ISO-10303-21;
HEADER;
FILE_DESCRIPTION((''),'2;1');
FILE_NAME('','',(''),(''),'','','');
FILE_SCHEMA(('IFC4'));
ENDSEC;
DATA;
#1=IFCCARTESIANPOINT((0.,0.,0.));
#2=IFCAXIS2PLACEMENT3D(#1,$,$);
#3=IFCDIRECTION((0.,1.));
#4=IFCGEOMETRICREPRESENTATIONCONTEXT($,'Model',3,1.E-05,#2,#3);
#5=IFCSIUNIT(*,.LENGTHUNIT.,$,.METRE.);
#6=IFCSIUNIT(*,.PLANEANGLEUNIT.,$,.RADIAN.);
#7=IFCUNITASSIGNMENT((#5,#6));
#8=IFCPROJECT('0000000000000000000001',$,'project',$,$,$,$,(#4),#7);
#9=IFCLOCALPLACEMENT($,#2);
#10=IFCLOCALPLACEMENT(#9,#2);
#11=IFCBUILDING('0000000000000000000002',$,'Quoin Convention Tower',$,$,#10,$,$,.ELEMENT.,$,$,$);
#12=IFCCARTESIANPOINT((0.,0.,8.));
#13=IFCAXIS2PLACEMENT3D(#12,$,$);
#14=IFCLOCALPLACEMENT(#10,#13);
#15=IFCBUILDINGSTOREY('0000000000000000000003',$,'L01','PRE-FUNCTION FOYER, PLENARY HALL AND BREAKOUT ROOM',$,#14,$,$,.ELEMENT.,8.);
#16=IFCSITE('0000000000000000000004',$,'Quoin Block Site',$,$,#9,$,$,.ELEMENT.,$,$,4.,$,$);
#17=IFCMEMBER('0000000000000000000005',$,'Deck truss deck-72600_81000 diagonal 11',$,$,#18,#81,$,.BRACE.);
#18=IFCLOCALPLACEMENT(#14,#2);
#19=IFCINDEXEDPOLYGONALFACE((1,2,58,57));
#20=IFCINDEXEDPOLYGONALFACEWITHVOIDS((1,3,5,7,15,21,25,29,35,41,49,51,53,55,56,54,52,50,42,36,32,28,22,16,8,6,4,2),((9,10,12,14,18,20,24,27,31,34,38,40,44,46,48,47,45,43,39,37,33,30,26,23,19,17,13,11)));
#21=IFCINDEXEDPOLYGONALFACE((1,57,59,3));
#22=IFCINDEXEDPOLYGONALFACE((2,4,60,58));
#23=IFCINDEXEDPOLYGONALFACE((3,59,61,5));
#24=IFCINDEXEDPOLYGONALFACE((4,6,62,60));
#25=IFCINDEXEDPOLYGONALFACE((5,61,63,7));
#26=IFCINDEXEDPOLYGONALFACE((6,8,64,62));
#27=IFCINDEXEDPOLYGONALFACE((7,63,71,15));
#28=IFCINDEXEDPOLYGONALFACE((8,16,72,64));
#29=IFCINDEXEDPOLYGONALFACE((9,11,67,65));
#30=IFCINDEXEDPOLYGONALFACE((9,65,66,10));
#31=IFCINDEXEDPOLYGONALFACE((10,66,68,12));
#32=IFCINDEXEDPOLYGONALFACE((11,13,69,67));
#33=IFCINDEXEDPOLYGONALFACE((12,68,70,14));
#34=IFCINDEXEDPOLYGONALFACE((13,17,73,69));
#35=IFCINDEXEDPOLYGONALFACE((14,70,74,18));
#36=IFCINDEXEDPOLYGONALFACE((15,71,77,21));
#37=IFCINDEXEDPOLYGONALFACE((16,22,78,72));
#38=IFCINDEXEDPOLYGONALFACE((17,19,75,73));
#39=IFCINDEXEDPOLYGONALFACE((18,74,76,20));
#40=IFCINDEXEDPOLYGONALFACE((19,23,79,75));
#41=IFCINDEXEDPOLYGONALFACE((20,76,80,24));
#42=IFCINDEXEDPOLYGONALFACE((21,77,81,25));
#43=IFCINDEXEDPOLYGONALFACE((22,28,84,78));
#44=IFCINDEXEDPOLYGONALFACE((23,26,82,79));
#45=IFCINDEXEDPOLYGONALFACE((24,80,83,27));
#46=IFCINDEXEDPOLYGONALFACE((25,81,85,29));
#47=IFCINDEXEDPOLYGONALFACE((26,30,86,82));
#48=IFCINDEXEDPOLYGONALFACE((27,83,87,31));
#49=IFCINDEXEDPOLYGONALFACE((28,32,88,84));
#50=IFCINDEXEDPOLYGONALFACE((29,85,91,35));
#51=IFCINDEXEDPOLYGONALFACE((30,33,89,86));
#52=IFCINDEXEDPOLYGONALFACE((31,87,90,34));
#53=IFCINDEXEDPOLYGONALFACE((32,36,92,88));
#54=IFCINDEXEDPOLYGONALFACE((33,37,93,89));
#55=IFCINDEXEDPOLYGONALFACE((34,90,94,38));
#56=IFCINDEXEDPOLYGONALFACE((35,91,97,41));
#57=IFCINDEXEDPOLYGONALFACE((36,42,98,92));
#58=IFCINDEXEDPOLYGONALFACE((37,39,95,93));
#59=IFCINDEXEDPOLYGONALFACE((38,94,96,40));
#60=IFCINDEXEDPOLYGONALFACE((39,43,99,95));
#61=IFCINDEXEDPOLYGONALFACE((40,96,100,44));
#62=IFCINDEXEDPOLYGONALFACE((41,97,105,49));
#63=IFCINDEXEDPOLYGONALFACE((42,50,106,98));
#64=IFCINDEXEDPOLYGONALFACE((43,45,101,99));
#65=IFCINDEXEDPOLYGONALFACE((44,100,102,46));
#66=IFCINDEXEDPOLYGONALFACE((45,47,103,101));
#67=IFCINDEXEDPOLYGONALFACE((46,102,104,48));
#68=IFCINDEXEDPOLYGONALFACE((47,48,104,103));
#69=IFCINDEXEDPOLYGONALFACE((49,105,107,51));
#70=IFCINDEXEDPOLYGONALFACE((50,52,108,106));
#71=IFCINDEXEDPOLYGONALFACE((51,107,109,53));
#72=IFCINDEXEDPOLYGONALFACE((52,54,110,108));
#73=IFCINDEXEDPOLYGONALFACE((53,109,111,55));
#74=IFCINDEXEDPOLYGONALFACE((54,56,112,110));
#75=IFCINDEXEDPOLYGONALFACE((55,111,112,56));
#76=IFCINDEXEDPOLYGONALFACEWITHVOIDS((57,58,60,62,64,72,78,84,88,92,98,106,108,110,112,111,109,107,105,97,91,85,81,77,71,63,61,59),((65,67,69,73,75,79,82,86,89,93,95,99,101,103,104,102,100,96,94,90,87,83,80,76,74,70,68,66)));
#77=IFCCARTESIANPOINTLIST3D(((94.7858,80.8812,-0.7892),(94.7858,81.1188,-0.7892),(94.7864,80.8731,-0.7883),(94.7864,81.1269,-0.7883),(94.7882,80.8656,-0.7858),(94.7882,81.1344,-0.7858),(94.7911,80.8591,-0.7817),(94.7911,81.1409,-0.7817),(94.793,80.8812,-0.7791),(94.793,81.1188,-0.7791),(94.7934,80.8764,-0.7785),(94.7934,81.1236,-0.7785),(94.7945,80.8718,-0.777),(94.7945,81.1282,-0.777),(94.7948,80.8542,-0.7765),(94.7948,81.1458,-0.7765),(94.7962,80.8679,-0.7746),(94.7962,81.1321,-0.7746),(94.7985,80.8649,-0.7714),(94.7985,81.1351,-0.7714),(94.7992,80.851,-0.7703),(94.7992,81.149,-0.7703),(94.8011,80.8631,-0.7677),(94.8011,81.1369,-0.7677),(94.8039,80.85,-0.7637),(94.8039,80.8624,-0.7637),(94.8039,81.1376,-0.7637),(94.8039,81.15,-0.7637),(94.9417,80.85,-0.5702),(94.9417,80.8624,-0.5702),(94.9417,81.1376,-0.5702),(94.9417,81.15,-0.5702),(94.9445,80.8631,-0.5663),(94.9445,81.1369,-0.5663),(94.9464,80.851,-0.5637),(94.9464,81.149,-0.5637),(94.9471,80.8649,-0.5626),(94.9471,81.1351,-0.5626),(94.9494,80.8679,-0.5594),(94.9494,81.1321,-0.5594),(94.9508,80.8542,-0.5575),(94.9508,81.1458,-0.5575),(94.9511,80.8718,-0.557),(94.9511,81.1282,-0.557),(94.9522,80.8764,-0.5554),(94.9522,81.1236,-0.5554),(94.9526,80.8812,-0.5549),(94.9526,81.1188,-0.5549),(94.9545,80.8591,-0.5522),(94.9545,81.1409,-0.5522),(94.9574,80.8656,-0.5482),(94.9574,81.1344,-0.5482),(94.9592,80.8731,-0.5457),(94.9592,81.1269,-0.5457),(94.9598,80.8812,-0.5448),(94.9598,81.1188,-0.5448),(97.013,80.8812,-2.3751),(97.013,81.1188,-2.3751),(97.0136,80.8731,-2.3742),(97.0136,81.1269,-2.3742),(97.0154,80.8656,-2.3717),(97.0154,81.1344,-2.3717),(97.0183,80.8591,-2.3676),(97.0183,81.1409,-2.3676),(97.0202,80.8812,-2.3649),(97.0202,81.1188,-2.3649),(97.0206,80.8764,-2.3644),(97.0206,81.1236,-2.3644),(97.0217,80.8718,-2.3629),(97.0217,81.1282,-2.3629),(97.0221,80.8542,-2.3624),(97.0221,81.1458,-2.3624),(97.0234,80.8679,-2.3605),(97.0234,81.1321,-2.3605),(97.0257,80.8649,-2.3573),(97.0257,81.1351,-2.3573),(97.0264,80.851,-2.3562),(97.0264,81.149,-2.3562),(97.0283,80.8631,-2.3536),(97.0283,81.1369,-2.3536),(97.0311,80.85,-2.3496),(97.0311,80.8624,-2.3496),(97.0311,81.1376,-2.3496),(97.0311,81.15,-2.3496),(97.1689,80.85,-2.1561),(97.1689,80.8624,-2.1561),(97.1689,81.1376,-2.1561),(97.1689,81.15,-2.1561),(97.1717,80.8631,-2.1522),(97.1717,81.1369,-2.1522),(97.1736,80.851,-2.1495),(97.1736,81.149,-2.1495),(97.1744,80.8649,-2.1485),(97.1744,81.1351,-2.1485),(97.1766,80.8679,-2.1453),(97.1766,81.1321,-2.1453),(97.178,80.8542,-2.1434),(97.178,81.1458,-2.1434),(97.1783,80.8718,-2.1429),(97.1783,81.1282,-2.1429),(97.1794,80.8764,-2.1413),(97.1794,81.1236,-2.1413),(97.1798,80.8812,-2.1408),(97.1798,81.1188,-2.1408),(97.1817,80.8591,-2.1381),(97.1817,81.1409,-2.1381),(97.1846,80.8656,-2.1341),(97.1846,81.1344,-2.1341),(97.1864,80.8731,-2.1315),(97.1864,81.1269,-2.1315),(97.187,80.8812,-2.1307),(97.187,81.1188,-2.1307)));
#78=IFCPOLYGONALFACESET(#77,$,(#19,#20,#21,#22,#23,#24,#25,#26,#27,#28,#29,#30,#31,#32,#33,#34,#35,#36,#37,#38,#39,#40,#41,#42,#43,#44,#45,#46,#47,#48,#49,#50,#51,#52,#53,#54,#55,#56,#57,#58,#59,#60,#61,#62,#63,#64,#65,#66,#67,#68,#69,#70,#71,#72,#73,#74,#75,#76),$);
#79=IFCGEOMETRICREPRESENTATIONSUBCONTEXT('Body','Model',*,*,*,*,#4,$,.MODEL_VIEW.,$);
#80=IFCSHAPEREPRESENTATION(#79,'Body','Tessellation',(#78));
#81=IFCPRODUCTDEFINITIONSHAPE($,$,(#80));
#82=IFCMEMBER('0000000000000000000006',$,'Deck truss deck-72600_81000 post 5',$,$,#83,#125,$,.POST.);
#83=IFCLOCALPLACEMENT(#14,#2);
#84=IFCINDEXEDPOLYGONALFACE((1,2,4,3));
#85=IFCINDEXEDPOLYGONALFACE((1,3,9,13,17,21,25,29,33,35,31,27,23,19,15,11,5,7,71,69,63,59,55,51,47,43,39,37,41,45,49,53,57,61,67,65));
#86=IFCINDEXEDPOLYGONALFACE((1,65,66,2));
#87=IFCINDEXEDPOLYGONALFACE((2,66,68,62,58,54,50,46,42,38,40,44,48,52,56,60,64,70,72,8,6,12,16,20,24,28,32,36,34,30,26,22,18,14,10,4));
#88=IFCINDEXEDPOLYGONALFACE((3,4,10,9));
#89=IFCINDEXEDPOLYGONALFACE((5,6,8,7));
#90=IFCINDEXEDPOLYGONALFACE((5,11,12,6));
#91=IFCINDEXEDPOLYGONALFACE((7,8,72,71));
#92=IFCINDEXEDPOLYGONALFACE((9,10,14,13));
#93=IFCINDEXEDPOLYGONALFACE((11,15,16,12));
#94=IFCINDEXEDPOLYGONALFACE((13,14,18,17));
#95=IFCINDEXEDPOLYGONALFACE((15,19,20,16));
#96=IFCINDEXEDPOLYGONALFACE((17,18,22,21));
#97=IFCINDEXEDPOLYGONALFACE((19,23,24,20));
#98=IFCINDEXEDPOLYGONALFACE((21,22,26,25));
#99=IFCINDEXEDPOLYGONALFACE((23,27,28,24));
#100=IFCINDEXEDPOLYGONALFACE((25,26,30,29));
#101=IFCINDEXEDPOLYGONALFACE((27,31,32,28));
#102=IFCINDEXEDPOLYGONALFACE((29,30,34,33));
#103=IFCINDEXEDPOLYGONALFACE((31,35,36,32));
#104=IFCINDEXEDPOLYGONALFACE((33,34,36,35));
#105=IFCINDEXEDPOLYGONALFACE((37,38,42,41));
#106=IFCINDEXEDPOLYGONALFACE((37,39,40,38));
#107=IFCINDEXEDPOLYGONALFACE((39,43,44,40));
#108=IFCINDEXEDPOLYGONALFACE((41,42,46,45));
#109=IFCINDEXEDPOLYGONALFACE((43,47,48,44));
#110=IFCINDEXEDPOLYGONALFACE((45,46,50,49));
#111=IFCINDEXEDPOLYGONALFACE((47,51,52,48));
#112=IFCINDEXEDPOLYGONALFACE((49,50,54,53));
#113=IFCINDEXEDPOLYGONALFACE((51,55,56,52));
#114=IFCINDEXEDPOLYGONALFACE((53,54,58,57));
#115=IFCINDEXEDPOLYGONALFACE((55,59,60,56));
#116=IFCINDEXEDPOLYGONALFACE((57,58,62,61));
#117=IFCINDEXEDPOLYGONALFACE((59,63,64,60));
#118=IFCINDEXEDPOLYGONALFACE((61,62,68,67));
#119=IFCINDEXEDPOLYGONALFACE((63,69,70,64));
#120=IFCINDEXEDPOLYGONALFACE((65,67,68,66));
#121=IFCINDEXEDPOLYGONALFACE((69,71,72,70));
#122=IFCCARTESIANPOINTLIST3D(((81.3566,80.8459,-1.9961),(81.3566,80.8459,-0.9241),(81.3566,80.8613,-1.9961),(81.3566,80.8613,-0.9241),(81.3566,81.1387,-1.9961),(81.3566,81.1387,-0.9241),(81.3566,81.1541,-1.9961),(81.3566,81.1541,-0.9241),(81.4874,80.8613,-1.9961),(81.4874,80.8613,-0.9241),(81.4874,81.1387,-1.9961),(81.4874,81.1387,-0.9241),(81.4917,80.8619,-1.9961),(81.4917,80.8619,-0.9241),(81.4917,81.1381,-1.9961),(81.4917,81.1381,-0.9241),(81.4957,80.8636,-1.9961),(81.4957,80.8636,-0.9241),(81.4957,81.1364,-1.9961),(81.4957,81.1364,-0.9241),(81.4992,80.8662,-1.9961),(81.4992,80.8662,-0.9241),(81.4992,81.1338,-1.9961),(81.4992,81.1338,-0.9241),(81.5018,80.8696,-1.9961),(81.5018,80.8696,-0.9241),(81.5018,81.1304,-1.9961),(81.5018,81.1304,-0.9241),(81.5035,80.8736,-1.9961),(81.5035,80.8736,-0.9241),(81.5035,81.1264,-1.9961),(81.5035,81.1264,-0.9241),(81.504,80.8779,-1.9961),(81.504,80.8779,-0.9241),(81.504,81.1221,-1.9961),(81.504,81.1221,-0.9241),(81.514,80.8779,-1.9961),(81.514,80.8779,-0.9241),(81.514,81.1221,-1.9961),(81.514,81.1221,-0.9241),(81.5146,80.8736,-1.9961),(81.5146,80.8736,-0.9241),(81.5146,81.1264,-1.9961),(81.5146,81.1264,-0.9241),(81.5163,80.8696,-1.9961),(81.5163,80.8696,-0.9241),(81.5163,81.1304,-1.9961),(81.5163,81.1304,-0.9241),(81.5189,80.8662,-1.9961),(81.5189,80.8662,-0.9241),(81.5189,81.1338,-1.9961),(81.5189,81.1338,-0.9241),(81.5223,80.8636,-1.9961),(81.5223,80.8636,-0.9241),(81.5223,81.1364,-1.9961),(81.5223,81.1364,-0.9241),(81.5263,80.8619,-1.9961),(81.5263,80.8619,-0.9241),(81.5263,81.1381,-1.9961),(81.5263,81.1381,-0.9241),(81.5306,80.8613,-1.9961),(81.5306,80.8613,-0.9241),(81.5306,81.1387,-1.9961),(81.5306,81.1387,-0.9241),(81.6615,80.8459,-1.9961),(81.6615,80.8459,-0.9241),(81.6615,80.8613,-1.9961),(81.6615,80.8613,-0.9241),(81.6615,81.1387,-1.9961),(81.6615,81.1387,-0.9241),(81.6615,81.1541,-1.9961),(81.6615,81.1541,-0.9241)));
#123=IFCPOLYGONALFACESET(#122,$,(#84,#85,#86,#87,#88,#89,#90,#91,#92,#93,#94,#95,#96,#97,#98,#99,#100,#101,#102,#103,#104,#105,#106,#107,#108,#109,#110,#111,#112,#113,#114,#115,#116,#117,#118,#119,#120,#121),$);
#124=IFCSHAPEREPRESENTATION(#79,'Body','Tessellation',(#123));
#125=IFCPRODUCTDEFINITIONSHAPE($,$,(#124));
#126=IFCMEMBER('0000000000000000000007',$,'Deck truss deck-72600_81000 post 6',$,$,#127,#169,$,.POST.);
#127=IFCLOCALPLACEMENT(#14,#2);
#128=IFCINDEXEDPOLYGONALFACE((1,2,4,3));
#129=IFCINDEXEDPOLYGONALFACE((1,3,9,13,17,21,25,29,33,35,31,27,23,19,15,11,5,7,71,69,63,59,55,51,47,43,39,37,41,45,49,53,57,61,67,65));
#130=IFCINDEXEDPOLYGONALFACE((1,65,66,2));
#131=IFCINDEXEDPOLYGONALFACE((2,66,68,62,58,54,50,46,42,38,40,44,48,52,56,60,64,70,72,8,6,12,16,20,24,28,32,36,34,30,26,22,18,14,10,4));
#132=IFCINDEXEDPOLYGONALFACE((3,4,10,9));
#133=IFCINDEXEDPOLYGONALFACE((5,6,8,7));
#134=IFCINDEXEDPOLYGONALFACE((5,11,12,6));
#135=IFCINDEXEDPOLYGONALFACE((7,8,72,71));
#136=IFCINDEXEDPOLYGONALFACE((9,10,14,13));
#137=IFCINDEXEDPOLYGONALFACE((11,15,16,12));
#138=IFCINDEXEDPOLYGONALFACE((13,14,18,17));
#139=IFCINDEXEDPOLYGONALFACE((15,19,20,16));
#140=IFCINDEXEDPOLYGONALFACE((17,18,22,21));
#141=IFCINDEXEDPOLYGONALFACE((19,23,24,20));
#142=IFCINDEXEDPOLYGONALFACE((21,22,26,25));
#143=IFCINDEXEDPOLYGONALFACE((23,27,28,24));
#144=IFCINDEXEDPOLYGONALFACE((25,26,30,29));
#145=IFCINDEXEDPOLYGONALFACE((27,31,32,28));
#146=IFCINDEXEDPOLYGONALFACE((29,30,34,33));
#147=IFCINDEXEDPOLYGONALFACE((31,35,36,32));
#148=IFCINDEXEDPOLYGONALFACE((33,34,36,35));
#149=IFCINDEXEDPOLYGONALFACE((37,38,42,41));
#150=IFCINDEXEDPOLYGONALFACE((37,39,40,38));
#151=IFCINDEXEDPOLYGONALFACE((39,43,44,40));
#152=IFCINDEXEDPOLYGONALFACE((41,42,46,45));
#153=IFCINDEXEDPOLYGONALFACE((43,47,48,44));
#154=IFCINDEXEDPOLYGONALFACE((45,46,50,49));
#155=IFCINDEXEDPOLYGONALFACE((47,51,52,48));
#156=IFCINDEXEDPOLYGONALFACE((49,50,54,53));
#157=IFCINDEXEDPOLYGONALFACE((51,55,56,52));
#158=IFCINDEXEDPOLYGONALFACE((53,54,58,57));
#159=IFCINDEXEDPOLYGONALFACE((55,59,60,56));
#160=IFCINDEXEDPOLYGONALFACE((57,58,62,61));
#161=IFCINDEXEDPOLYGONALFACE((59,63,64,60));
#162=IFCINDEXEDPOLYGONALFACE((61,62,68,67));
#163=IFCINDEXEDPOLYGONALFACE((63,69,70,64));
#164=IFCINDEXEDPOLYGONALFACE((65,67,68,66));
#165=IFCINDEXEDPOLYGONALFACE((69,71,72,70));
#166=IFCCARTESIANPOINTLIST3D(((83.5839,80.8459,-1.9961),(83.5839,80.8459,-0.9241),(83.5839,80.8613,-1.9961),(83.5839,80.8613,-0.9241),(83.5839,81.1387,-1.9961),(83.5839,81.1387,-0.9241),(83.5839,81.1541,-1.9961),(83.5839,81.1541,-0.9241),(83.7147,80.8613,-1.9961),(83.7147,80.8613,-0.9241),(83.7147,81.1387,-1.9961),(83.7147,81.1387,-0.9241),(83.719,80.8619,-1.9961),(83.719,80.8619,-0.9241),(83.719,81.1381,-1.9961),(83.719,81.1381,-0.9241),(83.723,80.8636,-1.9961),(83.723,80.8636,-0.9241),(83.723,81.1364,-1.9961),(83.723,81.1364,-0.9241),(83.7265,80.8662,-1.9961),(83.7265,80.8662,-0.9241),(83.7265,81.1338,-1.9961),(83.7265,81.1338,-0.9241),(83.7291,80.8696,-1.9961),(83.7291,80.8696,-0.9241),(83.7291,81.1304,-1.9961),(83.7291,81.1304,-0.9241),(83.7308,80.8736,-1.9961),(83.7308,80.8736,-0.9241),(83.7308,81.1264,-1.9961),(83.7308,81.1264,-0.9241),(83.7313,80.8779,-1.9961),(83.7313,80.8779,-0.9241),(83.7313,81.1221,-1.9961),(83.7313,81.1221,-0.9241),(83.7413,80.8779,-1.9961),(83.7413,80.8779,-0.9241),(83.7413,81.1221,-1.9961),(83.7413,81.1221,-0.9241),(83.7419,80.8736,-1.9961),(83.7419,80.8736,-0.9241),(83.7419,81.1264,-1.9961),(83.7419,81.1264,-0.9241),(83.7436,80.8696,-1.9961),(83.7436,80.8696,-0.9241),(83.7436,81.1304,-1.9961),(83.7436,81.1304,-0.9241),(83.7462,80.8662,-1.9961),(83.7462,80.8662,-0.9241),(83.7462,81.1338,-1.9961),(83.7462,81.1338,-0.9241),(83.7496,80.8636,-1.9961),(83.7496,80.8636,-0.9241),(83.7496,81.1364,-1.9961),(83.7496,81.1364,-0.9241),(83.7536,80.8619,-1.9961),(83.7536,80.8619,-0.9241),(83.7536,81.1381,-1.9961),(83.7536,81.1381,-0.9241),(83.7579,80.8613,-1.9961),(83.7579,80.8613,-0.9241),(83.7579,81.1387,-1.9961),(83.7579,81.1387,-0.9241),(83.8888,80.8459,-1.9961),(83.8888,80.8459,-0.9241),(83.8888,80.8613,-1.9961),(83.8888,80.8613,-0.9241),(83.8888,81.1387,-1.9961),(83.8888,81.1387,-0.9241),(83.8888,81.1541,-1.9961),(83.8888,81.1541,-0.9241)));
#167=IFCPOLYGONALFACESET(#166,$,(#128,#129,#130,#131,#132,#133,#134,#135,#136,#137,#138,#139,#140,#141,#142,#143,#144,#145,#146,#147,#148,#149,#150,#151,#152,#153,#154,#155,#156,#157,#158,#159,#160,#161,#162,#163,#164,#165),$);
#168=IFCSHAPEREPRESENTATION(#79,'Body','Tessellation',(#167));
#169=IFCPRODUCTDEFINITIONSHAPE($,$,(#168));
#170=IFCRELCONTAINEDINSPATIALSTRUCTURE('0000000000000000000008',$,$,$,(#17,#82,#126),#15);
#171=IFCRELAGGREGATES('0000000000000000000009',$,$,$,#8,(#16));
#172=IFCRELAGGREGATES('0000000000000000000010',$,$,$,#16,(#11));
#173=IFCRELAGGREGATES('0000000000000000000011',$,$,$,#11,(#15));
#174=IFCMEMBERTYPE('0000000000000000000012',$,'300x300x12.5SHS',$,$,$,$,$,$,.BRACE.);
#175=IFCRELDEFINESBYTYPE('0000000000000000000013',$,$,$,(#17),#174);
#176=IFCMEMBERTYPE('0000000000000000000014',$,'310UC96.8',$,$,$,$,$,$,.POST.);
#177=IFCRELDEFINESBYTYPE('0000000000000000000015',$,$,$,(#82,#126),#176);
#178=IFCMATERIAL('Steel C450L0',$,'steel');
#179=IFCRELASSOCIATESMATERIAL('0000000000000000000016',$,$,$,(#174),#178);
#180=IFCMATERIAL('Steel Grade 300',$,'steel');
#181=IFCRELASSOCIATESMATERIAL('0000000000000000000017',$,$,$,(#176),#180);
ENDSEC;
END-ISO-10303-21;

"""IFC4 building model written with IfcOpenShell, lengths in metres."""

from ifc_helpers import new_model, si_unit, direction, frame, origin, origin_2d, place, context, subcontext, project, spatial, hollow_rectangle, i_section, extrude, material, material_profile, profile_set, type_object, element, save


model = new_model("IFC4")

# Units and contexts
model_context = context("Model", 3, precision=1e-05, world=origin(), true_north=direction((0.0, 1.0)))
body_context = subcontext(model_context, "Body", "Model", "MODEL_VIEW")
ifc_project = project(units=[si_unit("LENGTHUNIT", "METRE"), si_unit("PLANEANGLEUNIT", "RADIAN")], contexts=[model_context])

# Site, building, storey
site_placement = place(None, origin())
site = spatial("IfcSite", under=ifc_project, at=site_placement, Name="Quoin Block Site", CompositionType="ELEMENT", RefElevation=4.0)
building_placement = place(site_placement, origin())
building = spatial("IfcBuilding", under=site, at=building_placement, Name="Quoin Convention Tower", CompositionType="ELEMENT")
storey_placement = place(building_placement, frame((0.0, 0.0, 8.0)))
storey = spatial("IfcBuildingStorey", under=building, at=storey_placement, Name="L01", Description="PRE-FUNCTION FOYER, PLENARY HALL AND BREAKOUT ROOM", CompositionType="ELEMENT", Elevation=8.0)

# Shared definitions
ifc_material_1 = material(Name="Steel Grade 300", Category="steel")

# Members
ifc_material_2 = material(Name="Steel C450L0", Category="steel")
ifc_material_profile_1 = material_profile(ifc_material_2, hollow_rectangle(XDim=0.3, YDim=0.3, WallThickness=0.0125, InnerFilletRadius=0.0188, OuterFilletRadius=0.0312, at=origin_2d()), Name="300x300x12.5SHS")
ifc_profile_set_1 = profile_set([ifc_material_profile_1], Name="Steel C450L0")
member_type_1 = type_object("IfcMemberType", Name="300x300x12.5SHS", PredefinedType="BRACE", material=ifc_profile_set_1)
for number, where, z_axis, x_axis, name in (
    (1, (94.8728, 81.0, -0.667), (0.814595, 0.0, -0.58003), (0.0, 1.0, 0.0), "Deck truss deck-72600_81000 diagonal 11"),
):
    element("IfcMember", number, at=place(storey_placement, frame(where, z_axis=z_axis, x_axis=x_axis)), inside=storey, type_object=member_type_1, Name=name, PredefinedType="BRACE", context=body_context, shape_type="SweptSolid", body=[
        extrude(hollow_rectangle(XDim=0.3, YDim=0.3, WallThickness=0.0125, InnerFilletRadius=0.0188, OuterFilletRadius=0.0312, at=origin_2d()), origin(), (0.0, 0.0, 1.0), 2.7341),
    ])
ifc_material_profile_2 = material_profile(ifc_material_1, i_section(OverallWidth=0.3049, OverallDepth=0.3081, WebThickness=0.01, FlangeThickness=0.0154, FilletRadius=0.0166, at=origin_2d()), Name="310UC96.8")
ifc_profile_set_2 = profile_set([ifc_material_profile_2], Name="Steel Grade 300")
member_type_2 = type_object("IfcMemberType", Name="310UC96.8", PredefinedType="POST", material=ifc_profile_set_2)
for number, where, z_axis, x_axis, name in (
    (2, (81.509, 81.0, -1.9961), (0.0, 0.0, 1.0), (1.0, 0.0, 0.0), "Deck truss deck-72600_81000 post 5"),
    (3, (83.7363, 81.0, -1.9961), (0.0, 0.0, 1.0), (1.0, 0.0, 0.0), "Deck truss deck-72600_81000 post 6"),
):
    element("IfcMember", number, at=place(storey_placement, frame(where, z_axis=z_axis, x_axis=x_axis)), inside=storey, type_object=member_type_2, Name=name, PredefinedType="POST", context=body_context, shape_type="SweptSolid", body=[
        extrude(i_section(OverallWidth=0.3049, OverallDepth=0.3081, WebThickness=0.01, FlangeThickness=0.0154, FilletRadius=0.0166, at=origin_2d()), origin(), (0.0, 0.0, 1.0), 1.072),
    ])

save(model, "model.ifc")
